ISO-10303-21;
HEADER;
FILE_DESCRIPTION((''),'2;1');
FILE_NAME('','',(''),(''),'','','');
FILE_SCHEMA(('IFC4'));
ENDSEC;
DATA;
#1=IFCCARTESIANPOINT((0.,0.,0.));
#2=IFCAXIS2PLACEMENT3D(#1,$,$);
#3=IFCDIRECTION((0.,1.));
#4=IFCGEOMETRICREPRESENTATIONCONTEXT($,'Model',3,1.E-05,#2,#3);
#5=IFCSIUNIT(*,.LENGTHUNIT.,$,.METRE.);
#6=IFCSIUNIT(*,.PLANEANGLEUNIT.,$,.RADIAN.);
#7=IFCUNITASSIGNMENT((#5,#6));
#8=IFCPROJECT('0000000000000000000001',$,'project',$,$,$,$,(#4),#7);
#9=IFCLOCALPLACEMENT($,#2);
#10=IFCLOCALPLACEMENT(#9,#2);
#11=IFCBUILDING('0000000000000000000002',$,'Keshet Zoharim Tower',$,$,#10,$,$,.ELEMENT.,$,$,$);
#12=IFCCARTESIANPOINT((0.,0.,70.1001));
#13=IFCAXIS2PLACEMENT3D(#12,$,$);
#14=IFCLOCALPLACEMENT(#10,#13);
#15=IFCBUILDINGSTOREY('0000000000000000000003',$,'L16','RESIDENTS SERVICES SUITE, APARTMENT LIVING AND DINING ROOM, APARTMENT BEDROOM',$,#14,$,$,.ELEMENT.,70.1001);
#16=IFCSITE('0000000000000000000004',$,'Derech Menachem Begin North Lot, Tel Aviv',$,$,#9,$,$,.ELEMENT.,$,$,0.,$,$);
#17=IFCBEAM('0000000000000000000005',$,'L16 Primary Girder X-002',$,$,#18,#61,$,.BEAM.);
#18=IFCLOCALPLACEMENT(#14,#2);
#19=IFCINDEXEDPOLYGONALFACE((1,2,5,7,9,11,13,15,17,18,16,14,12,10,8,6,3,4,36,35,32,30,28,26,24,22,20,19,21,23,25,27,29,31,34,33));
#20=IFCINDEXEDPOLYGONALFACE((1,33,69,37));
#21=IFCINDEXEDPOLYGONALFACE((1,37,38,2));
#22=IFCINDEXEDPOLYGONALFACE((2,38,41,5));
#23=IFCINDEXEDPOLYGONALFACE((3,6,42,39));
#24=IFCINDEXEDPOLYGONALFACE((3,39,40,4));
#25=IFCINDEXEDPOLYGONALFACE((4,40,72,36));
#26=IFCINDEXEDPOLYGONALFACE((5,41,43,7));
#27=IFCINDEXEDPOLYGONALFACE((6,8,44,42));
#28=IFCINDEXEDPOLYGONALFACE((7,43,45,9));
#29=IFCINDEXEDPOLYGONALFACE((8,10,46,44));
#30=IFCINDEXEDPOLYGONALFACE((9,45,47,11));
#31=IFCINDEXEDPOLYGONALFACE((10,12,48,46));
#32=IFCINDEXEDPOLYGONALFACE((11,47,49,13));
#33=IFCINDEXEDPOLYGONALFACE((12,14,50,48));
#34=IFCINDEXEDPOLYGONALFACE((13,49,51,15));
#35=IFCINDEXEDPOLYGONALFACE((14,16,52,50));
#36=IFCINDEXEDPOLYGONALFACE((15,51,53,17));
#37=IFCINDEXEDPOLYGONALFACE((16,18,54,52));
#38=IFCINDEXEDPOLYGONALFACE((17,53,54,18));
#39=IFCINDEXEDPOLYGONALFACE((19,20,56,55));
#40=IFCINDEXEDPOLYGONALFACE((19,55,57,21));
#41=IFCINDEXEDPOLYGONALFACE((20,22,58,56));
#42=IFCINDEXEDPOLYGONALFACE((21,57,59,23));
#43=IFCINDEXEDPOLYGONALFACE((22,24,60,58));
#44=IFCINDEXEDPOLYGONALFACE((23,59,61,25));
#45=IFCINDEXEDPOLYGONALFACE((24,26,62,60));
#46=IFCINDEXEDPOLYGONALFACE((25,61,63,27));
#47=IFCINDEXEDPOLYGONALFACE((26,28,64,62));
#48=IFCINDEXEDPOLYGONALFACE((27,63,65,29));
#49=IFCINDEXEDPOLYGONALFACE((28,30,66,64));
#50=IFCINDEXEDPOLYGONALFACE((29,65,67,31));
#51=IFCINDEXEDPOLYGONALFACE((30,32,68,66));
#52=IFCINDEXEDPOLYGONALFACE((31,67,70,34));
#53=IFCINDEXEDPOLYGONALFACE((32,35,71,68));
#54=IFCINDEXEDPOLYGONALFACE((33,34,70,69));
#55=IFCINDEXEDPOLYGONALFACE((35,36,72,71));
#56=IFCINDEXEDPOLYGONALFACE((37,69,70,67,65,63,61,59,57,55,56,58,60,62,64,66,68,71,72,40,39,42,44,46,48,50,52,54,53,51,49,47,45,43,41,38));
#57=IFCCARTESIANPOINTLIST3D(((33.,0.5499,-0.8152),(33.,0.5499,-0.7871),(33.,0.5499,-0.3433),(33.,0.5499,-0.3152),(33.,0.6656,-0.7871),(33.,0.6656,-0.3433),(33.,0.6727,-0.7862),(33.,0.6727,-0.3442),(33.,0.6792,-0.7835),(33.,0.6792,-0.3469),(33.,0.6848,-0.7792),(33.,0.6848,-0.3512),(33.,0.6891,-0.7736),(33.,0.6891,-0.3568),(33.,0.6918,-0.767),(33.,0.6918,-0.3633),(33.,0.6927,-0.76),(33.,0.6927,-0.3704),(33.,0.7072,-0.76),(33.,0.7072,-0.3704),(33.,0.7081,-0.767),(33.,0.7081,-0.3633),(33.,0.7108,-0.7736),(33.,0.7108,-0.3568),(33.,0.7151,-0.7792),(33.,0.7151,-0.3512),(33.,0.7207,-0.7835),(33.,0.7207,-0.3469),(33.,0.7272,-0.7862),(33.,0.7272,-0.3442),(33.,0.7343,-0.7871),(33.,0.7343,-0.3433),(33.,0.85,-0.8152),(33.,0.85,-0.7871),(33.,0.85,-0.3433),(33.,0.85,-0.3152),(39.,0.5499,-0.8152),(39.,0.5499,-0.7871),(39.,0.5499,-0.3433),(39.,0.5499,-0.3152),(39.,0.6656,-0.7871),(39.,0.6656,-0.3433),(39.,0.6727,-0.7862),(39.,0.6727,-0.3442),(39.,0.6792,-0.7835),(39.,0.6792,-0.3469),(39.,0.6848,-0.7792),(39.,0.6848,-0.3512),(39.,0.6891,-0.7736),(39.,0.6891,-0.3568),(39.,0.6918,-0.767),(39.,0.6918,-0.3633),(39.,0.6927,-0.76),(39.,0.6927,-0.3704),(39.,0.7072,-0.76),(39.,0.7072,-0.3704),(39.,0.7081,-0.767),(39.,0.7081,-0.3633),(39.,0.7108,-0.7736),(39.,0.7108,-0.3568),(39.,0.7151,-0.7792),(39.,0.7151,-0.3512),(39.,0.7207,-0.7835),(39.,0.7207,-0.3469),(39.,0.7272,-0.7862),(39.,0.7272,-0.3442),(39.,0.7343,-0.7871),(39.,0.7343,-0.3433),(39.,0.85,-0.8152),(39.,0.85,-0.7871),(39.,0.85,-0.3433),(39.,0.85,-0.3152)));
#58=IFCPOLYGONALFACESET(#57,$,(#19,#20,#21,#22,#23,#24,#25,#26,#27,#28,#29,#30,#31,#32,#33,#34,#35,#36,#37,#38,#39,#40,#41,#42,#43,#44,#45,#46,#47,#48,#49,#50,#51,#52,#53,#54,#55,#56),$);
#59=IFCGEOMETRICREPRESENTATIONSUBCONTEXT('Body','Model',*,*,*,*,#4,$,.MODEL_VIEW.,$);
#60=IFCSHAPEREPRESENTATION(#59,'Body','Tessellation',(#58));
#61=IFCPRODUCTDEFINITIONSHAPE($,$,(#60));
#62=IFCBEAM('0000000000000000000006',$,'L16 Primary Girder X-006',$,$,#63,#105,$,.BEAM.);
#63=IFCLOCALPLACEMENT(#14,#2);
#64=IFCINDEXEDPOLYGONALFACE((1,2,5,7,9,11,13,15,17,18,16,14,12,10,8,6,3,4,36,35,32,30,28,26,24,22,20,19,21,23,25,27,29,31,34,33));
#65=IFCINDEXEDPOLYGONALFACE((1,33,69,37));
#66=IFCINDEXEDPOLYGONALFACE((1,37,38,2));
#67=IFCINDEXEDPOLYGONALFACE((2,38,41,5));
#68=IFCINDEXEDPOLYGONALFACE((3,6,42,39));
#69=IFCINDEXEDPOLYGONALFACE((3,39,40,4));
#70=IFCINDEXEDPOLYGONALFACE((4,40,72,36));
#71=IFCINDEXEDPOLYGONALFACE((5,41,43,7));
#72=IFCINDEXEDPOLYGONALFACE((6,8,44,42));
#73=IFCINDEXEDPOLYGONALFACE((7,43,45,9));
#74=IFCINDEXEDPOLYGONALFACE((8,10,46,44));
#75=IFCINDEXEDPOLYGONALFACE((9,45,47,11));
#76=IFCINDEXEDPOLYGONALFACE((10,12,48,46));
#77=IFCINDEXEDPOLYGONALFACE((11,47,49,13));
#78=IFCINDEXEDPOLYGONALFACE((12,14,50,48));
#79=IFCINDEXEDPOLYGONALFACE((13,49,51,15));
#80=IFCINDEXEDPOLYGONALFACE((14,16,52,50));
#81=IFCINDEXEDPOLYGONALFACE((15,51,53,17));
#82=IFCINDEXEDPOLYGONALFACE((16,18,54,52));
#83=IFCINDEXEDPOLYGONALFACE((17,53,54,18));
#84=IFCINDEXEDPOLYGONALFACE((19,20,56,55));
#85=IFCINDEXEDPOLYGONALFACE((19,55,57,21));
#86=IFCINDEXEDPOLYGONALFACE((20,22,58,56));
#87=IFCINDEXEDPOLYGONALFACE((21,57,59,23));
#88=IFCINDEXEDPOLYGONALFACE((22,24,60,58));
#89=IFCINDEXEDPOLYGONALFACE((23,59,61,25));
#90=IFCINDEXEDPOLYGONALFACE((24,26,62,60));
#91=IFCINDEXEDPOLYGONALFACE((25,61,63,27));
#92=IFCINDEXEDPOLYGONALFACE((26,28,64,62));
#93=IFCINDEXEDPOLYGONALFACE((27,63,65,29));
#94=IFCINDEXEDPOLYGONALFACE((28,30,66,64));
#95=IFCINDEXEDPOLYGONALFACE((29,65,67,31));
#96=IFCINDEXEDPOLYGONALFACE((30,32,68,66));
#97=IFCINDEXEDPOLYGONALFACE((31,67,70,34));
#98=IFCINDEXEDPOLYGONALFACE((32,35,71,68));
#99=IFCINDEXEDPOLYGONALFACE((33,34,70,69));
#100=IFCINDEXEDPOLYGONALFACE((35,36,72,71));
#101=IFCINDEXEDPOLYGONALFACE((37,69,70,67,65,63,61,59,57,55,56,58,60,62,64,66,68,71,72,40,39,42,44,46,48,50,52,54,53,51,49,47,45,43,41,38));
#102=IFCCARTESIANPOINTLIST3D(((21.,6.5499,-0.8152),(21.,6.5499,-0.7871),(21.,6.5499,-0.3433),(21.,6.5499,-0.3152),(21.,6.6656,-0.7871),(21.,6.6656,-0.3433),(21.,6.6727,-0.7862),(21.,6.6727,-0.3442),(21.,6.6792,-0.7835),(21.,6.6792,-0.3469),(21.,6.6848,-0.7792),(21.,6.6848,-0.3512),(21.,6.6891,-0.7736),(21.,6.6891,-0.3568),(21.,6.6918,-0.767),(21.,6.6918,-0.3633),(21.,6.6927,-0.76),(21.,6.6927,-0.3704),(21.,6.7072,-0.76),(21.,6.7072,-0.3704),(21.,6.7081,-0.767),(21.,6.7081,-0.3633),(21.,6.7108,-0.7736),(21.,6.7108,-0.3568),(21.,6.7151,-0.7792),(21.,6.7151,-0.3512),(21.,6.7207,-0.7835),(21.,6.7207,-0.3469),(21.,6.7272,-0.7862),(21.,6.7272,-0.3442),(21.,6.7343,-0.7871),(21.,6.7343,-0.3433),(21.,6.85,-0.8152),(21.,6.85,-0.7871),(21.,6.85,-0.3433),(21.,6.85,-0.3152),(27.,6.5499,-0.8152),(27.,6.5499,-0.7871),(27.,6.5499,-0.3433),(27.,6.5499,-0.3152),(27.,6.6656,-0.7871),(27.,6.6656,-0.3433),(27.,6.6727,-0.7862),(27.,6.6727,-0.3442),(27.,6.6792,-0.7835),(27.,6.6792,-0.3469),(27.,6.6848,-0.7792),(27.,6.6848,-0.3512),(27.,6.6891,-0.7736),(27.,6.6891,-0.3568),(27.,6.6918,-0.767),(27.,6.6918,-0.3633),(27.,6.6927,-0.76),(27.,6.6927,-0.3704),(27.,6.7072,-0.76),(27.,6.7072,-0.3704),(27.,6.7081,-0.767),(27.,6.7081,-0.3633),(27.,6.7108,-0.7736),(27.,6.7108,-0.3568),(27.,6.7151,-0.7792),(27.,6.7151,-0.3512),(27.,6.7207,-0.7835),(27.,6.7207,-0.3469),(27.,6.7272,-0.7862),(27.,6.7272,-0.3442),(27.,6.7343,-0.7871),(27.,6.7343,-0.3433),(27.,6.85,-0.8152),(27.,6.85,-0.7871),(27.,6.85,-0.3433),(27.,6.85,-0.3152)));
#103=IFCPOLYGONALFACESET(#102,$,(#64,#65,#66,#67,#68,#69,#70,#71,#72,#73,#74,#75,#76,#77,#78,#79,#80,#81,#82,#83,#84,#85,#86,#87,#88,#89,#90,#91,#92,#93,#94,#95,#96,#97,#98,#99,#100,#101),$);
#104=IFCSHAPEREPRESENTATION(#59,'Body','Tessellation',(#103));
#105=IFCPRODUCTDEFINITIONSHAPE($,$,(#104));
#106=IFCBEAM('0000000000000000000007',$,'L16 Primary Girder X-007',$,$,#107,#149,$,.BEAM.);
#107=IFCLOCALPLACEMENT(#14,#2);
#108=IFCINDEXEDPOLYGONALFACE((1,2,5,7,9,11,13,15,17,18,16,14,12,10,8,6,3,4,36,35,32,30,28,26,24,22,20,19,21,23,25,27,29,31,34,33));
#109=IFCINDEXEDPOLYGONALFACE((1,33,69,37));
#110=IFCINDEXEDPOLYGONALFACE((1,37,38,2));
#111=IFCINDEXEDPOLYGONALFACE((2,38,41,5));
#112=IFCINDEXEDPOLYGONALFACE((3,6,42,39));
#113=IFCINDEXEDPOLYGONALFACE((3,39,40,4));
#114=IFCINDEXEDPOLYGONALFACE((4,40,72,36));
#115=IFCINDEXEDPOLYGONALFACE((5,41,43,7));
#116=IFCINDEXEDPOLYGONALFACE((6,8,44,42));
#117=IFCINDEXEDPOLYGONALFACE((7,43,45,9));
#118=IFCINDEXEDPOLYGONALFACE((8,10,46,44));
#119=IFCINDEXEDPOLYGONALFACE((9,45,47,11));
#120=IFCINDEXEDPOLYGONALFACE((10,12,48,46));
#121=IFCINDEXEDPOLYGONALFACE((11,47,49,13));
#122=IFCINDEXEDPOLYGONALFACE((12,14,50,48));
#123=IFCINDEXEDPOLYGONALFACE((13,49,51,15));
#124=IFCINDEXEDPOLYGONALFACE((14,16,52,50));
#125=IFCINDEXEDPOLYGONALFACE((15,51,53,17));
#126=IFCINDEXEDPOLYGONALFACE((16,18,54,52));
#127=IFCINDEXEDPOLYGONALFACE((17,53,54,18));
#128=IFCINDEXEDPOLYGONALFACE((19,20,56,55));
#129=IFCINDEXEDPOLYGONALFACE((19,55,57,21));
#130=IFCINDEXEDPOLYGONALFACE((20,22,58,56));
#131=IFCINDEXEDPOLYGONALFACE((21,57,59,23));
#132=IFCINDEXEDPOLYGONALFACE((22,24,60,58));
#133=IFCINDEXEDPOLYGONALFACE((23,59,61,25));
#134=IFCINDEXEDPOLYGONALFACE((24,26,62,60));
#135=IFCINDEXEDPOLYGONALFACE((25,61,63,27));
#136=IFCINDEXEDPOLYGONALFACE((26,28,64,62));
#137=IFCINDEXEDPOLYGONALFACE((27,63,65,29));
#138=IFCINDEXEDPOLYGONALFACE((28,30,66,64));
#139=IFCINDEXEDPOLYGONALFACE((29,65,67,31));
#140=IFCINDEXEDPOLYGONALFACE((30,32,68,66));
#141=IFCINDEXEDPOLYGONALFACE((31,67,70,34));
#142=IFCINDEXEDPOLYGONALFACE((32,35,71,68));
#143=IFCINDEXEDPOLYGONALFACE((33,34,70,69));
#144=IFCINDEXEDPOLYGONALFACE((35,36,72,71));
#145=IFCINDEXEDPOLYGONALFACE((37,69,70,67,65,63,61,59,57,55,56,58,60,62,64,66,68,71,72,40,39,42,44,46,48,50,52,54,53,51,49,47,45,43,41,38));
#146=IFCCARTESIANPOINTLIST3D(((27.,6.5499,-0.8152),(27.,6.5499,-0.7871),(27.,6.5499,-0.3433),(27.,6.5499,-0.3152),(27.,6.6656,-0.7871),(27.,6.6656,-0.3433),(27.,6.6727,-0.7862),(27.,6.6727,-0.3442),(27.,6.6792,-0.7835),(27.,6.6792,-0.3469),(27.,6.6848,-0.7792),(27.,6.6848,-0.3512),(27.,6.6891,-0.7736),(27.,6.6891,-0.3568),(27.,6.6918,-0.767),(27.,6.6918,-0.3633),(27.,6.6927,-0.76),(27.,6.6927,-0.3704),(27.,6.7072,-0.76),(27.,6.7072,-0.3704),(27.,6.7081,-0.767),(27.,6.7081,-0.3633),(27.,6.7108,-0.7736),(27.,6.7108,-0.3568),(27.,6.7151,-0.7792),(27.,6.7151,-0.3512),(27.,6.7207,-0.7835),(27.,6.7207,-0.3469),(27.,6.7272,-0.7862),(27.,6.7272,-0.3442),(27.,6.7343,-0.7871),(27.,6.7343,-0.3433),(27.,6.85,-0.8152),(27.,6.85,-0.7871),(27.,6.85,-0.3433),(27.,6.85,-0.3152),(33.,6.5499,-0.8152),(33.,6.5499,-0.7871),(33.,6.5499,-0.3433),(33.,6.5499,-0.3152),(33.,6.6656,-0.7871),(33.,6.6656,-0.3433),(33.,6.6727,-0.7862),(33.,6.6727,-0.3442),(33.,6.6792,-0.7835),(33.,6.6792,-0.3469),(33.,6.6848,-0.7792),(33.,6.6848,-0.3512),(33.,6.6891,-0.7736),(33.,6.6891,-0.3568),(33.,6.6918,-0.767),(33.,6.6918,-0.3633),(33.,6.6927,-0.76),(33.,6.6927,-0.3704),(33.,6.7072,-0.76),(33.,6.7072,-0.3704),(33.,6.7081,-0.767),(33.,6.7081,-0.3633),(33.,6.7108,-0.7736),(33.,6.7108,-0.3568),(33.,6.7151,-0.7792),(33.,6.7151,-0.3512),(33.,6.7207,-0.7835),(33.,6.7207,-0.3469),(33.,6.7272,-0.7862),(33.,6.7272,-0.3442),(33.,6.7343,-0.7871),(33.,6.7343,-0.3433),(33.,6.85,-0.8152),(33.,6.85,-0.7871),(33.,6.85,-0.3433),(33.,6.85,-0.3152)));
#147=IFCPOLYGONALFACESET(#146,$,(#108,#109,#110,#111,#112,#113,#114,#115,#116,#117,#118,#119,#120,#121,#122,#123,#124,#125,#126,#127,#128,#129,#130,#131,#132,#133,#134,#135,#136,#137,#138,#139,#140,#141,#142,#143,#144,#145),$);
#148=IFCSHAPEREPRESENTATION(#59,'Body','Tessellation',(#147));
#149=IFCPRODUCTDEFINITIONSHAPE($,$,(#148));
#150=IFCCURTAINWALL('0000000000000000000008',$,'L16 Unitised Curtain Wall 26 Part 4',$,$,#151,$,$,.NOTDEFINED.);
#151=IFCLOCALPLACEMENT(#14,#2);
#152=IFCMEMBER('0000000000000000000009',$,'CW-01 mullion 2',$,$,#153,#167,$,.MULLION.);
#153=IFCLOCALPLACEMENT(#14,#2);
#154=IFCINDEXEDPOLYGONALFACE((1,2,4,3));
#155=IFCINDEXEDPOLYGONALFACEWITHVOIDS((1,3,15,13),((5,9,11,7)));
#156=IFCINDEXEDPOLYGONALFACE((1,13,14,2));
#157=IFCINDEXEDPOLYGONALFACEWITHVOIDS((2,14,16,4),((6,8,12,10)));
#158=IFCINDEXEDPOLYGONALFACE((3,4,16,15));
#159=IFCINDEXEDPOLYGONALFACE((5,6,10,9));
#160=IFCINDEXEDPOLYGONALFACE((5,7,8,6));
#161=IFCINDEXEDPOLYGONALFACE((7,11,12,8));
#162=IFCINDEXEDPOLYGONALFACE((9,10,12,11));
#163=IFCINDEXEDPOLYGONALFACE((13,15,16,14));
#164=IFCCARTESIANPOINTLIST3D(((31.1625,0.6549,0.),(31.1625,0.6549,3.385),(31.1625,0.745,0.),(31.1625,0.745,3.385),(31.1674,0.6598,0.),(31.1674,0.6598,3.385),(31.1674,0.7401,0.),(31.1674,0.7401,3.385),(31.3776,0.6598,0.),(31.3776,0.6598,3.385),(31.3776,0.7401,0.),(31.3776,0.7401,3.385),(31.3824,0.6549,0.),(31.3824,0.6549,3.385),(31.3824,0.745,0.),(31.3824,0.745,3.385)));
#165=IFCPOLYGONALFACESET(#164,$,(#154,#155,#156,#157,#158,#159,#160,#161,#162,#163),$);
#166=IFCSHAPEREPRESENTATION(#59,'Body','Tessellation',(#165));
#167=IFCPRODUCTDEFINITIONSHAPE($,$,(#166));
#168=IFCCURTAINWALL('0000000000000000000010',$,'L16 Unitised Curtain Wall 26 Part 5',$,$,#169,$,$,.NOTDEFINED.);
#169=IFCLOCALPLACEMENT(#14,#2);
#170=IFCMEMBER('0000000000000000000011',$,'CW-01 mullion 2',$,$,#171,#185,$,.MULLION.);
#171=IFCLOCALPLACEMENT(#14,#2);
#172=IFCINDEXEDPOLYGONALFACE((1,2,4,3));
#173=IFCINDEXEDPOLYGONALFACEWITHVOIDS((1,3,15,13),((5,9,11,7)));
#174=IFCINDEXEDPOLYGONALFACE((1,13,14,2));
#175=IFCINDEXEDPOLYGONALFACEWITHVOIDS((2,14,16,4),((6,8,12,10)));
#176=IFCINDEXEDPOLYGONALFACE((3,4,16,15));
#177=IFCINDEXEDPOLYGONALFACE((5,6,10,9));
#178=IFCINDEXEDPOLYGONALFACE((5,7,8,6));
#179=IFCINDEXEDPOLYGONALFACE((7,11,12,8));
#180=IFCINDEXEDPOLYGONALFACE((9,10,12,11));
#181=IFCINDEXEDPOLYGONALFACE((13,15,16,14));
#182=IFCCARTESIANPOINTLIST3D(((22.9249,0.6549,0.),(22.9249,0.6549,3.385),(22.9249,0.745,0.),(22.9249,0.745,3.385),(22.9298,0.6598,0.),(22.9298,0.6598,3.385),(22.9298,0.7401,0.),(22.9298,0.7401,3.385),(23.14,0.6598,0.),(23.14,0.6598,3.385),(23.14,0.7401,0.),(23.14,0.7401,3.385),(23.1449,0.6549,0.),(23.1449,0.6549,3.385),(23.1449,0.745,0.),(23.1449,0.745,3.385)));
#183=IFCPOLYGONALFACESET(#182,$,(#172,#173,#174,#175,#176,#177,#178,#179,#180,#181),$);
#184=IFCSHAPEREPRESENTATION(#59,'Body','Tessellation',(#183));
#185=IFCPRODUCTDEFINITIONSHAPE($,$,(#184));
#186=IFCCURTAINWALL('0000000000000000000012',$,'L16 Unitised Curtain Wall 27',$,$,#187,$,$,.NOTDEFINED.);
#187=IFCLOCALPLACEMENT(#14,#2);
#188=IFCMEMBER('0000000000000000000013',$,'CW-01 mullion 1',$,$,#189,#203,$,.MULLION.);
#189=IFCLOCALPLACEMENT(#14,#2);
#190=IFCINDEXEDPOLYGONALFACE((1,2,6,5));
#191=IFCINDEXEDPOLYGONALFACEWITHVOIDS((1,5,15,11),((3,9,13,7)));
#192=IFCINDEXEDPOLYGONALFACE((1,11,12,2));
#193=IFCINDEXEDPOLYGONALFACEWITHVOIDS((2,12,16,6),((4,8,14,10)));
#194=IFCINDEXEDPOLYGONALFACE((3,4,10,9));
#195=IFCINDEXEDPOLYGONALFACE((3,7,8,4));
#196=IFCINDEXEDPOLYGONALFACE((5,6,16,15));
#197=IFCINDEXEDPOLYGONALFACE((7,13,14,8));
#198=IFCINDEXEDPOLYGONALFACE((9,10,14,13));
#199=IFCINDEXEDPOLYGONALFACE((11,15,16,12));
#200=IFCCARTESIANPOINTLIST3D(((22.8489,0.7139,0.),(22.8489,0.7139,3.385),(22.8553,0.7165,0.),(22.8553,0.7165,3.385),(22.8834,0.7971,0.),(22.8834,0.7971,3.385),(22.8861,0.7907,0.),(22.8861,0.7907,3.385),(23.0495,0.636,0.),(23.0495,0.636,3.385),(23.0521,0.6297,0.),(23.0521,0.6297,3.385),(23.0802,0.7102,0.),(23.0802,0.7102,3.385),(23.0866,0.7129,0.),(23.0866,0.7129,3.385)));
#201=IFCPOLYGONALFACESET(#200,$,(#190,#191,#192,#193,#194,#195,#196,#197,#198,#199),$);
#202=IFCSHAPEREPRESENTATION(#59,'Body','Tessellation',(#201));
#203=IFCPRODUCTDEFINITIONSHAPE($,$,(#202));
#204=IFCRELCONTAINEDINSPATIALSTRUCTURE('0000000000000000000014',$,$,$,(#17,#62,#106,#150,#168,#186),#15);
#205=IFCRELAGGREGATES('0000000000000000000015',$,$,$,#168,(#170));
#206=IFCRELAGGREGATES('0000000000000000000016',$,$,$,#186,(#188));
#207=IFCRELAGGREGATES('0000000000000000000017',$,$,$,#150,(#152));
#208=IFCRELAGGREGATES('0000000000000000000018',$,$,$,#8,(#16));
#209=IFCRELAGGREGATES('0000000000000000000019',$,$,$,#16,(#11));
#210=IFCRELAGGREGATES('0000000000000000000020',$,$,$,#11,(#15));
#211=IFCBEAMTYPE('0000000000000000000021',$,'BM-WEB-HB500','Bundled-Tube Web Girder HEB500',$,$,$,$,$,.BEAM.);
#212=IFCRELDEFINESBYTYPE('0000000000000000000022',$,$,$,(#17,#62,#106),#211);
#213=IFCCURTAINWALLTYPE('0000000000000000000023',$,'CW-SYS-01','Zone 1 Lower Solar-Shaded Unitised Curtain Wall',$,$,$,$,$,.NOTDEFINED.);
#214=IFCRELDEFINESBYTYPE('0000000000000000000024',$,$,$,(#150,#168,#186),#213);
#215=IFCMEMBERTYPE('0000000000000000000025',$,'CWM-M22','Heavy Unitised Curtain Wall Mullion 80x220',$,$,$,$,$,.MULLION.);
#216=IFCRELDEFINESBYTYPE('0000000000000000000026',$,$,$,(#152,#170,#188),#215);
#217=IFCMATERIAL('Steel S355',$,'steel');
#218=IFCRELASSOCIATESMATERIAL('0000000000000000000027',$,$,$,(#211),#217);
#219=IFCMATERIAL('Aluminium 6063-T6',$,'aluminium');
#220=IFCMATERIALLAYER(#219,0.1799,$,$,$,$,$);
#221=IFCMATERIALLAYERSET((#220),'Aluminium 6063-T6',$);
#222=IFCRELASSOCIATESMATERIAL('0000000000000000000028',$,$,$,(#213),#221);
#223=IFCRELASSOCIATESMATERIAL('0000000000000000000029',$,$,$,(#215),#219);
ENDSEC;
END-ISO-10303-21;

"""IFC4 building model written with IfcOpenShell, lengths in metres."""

from ifc_helpers import new_model, si_unit, direction, frame, origin, origin_2d, place, context, subcontext, project, spatial, hollow_rectangle, i_section, extrude, material, layer, layer_set, material_profile, profile_set, type_object, element, aggregate, save


model = new_model("IFC4")

# Units and contexts
model_context = context("Model", 3, precision=1e-05, world=origin(), true_north=direction((0.0, 1.0)))
body_context = subcontext(model_context, "Body", "Model", "MODEL_VIEW")
ifc_project = project(units=[si_unit("LENGTHUNIT", "METRE"), si_unit("PLANEANGLEUNIT", "RADIAN")], contexts=[model_context])

# Site, building, storey
site_placement = place(None, origin())
site = spatial("IfcSite", under=ifc_project, at=site_placement, Name="Derech Menachem Begin North Lot, Tel Aviv", CompositionType="ELEMENT", RefElevation=0.0)
building_placement = place(site_placement, origin())
building = spatial("IfcBuilding", under=site, at=building_placement, Name="Keshet Zoharim Tower", CompositionType="ELEMENT")
storey_placement = place(building_placement, frame((0.0, 0.0, 70.1001)))
storey = spatial("IfcBuildingStorey", under=building, at=storey_placement, Name="L16", Description="RESIDENTS SERVICES SUITE, APARTMENT LIVING AND DINING ROOM, APARTMENT BEDROOM", CompositionType="ELEMENT", Elevation=70.1001)

# Shared definitions
ifc_material_1 = material(Name="Steel S355", Category="steel")

# Beams
ifc_material_profile_1 = material_profile(ifc_material_1, i_section(OverallWidth=0.3, OverallDepth=0.5, WebThickness=0.0144, FlangeThickness=0.0281, FilletRadius=0.0271, at=origin_2d()), Name="HEB500")
ifc_profile_set_1 = profile_set([ifc_material_profile_1], Name="Steel S355")
beam_type_1 = type_object("IfcBeamType", Name="BM-WEB-HB500", Description="Bundled-Tube Web Girder HEB500", PredefinedType="BEAM", material=ifc_profile_set_1)
for number, where, z_axis, x_axis, name in (
    (1, (33.0, 0.7, -0.5652), (1.0, 0.0, 0.0), (0.0, 1.0, 0.0), "L16 Primary Girder X-002"),
    (2, (21.0, 6.7, -0.5652), (1.0, 0.0, 0.0), (0.0, 1.0, 0.0), "L16 Primary Girder X-006"),
    (3, (27.0, 6.7, -0.5652), (1.0, 0.0, 0.0), (0.0, 1.0, 0.0), "L16 Primary Girder X-007"),
):
    element("IfcBeam", number, at=place(storey_placement, frame(where, z_axis=z_axis, x_axis=x_axis)), inside=storey, type_object=beam_type_1, Name=name, PredefinedType="BEAM", context=body_context, shape_type="SweptSolid", body=[
        extrude(i_section(OverallWidth=0.3, OverallDepth=0.5, WebThickness=0.0144, FlangeThickness=0.0281, FilletRadius=0.0271, at=origin_2d()), origin(), (0.0, 0.0, 1.0), 6.0),
    ])

# Curtain walls, members
ifc_material_2 = material(Name="Aluminium 6063-T6", Category="aluminium")
ifc_layer_1 = layer(ifc_material_2, 0.1799)
ifc_layer_set_1 = layer_set([ifc_layer_1], Name="Aluminium 6063-T6")
curtain_wall_type = type_object("IfcCurtainWallType", Name="CW-SYS-01", Description="Zone 1 Lower Solar-Shaded Unitised Curtain Wall", PredefinedType="NOTDEFINED", material=ifc_layer_set_1)
curtain_wall_1_placement = place(storey_placement, origin())
curtain_wall_1 = element("IfcCurtainWall", 4, at=curtain_wall_1_placement, inside=storey, type_object=curtain_wall_type, Name="L16 Unitised Curtain Wall 26 Part 4", PredefinedType="NOTDEFINED")
ifc_material_profile_2 = material_profile(ifc_material_2, hollow_rectangle(XDim=0.0901, YDim=0.22, WallThickness=0.0049, at=origin_2d()), Name="MUL-90x220")
ifc_profile_set_2 = profile_set([ifc_material_profile_2], Name="Aluminium 6063-T6")
member_type_1 = type_object("IfcMemberType", Name="CWM-M22", Description="Heavy Unitised Curtain Wall Mullion 80x220", PredefinedType="MULLION", material=ifc_profile_set_2)
member_1_placement = place(storey_placement, frame((31.2725, 0.7, 0.0), z_axis=(0.0, 0.0, 1.0), x_axis=(0.0, -1.0, 0.0)))
member_1 = element("IfcMember", 5, at=member_1_placement, type_object=member_type_1, Name="CW-01 mullion 2", PredefinedType="MULLION", context=body_context, shape_type="SweptSolid", body=[
    extrude(hollow_rectangle(XDim=0.0901, YDim=0.22, WallThickness=0.0049, at=origin_2d()), origin(), (0.0, 0.0, 1.0), 3.385),
])
curtain_wall_2_placement = place(storey_placement, origin())
curtain_wall_2 = element("IfcCurtainWall", 6, at=curtain_wall_2_placement, inside=storey, type_object=curtain_wall_type, Name="L16 Unitised Curtain Wall 26 Part 5", PredefinedType="NOTDEFINED")
member_2_placement = place(storey_placement, frame((23.0349, 0.7, 0.0), z_axis=(0.0, 0.0, 1.0), x_axis=(0.0, -1.0, 0.0)))
member_2 = element("IfcMember", 7, at=member_2_placement, type_object=member_type_1, Name="CW-01 mullion 2", PredefinedType="MULLION", context=body_context, shape_type="SweptSolid", body=[
    extrude(hollow_rectangle(XDim=0.0901, YDim=0.22, WallThickness=0.0049, at=origin_2d()), origin(), (0.0, 0.0, 1.0), 3.385),
])

# Curtain wall, member
curtain_wall_3_placement = place(storey_placement, origin())
curtain_wall_3 = element("IfcCurtainWall", 8, at=curtain_wall_3_placement, inside=storey, type_object=curtain_wall_type, Name="L16 Unitised Curtain Wall 27", PredefinedType="NOTDEFINED")
member_3_placement = place(storey_placement, frame((22.9678, 0.7134, 0.0), z_axis=(0.0, 0.0, 1.0), x_axis=(-0.382852, -0.92381, 0.0)))
member_3 = element("IfcMember", 9, at=member_3_placement, type_object=member_type_1, Name="CW-01 mullion 1", PredefinedType="MULLION", context=body_context, shape_type="SweptSolid", body=[
    extrude(hollow_rectangle(XDim=0.0901, YDim=0.22, WallThickness=0.0049, at=origin_2d()), origin(), (0.0, 0.0, 1.0), 3.385),
])

aggregate(curtain_wall_2, [member_2])
aggregate(curtain_wall_3, [member_3])
aggregate(curtain_wall_1, [member_1])

save(model, "model.ifc")
